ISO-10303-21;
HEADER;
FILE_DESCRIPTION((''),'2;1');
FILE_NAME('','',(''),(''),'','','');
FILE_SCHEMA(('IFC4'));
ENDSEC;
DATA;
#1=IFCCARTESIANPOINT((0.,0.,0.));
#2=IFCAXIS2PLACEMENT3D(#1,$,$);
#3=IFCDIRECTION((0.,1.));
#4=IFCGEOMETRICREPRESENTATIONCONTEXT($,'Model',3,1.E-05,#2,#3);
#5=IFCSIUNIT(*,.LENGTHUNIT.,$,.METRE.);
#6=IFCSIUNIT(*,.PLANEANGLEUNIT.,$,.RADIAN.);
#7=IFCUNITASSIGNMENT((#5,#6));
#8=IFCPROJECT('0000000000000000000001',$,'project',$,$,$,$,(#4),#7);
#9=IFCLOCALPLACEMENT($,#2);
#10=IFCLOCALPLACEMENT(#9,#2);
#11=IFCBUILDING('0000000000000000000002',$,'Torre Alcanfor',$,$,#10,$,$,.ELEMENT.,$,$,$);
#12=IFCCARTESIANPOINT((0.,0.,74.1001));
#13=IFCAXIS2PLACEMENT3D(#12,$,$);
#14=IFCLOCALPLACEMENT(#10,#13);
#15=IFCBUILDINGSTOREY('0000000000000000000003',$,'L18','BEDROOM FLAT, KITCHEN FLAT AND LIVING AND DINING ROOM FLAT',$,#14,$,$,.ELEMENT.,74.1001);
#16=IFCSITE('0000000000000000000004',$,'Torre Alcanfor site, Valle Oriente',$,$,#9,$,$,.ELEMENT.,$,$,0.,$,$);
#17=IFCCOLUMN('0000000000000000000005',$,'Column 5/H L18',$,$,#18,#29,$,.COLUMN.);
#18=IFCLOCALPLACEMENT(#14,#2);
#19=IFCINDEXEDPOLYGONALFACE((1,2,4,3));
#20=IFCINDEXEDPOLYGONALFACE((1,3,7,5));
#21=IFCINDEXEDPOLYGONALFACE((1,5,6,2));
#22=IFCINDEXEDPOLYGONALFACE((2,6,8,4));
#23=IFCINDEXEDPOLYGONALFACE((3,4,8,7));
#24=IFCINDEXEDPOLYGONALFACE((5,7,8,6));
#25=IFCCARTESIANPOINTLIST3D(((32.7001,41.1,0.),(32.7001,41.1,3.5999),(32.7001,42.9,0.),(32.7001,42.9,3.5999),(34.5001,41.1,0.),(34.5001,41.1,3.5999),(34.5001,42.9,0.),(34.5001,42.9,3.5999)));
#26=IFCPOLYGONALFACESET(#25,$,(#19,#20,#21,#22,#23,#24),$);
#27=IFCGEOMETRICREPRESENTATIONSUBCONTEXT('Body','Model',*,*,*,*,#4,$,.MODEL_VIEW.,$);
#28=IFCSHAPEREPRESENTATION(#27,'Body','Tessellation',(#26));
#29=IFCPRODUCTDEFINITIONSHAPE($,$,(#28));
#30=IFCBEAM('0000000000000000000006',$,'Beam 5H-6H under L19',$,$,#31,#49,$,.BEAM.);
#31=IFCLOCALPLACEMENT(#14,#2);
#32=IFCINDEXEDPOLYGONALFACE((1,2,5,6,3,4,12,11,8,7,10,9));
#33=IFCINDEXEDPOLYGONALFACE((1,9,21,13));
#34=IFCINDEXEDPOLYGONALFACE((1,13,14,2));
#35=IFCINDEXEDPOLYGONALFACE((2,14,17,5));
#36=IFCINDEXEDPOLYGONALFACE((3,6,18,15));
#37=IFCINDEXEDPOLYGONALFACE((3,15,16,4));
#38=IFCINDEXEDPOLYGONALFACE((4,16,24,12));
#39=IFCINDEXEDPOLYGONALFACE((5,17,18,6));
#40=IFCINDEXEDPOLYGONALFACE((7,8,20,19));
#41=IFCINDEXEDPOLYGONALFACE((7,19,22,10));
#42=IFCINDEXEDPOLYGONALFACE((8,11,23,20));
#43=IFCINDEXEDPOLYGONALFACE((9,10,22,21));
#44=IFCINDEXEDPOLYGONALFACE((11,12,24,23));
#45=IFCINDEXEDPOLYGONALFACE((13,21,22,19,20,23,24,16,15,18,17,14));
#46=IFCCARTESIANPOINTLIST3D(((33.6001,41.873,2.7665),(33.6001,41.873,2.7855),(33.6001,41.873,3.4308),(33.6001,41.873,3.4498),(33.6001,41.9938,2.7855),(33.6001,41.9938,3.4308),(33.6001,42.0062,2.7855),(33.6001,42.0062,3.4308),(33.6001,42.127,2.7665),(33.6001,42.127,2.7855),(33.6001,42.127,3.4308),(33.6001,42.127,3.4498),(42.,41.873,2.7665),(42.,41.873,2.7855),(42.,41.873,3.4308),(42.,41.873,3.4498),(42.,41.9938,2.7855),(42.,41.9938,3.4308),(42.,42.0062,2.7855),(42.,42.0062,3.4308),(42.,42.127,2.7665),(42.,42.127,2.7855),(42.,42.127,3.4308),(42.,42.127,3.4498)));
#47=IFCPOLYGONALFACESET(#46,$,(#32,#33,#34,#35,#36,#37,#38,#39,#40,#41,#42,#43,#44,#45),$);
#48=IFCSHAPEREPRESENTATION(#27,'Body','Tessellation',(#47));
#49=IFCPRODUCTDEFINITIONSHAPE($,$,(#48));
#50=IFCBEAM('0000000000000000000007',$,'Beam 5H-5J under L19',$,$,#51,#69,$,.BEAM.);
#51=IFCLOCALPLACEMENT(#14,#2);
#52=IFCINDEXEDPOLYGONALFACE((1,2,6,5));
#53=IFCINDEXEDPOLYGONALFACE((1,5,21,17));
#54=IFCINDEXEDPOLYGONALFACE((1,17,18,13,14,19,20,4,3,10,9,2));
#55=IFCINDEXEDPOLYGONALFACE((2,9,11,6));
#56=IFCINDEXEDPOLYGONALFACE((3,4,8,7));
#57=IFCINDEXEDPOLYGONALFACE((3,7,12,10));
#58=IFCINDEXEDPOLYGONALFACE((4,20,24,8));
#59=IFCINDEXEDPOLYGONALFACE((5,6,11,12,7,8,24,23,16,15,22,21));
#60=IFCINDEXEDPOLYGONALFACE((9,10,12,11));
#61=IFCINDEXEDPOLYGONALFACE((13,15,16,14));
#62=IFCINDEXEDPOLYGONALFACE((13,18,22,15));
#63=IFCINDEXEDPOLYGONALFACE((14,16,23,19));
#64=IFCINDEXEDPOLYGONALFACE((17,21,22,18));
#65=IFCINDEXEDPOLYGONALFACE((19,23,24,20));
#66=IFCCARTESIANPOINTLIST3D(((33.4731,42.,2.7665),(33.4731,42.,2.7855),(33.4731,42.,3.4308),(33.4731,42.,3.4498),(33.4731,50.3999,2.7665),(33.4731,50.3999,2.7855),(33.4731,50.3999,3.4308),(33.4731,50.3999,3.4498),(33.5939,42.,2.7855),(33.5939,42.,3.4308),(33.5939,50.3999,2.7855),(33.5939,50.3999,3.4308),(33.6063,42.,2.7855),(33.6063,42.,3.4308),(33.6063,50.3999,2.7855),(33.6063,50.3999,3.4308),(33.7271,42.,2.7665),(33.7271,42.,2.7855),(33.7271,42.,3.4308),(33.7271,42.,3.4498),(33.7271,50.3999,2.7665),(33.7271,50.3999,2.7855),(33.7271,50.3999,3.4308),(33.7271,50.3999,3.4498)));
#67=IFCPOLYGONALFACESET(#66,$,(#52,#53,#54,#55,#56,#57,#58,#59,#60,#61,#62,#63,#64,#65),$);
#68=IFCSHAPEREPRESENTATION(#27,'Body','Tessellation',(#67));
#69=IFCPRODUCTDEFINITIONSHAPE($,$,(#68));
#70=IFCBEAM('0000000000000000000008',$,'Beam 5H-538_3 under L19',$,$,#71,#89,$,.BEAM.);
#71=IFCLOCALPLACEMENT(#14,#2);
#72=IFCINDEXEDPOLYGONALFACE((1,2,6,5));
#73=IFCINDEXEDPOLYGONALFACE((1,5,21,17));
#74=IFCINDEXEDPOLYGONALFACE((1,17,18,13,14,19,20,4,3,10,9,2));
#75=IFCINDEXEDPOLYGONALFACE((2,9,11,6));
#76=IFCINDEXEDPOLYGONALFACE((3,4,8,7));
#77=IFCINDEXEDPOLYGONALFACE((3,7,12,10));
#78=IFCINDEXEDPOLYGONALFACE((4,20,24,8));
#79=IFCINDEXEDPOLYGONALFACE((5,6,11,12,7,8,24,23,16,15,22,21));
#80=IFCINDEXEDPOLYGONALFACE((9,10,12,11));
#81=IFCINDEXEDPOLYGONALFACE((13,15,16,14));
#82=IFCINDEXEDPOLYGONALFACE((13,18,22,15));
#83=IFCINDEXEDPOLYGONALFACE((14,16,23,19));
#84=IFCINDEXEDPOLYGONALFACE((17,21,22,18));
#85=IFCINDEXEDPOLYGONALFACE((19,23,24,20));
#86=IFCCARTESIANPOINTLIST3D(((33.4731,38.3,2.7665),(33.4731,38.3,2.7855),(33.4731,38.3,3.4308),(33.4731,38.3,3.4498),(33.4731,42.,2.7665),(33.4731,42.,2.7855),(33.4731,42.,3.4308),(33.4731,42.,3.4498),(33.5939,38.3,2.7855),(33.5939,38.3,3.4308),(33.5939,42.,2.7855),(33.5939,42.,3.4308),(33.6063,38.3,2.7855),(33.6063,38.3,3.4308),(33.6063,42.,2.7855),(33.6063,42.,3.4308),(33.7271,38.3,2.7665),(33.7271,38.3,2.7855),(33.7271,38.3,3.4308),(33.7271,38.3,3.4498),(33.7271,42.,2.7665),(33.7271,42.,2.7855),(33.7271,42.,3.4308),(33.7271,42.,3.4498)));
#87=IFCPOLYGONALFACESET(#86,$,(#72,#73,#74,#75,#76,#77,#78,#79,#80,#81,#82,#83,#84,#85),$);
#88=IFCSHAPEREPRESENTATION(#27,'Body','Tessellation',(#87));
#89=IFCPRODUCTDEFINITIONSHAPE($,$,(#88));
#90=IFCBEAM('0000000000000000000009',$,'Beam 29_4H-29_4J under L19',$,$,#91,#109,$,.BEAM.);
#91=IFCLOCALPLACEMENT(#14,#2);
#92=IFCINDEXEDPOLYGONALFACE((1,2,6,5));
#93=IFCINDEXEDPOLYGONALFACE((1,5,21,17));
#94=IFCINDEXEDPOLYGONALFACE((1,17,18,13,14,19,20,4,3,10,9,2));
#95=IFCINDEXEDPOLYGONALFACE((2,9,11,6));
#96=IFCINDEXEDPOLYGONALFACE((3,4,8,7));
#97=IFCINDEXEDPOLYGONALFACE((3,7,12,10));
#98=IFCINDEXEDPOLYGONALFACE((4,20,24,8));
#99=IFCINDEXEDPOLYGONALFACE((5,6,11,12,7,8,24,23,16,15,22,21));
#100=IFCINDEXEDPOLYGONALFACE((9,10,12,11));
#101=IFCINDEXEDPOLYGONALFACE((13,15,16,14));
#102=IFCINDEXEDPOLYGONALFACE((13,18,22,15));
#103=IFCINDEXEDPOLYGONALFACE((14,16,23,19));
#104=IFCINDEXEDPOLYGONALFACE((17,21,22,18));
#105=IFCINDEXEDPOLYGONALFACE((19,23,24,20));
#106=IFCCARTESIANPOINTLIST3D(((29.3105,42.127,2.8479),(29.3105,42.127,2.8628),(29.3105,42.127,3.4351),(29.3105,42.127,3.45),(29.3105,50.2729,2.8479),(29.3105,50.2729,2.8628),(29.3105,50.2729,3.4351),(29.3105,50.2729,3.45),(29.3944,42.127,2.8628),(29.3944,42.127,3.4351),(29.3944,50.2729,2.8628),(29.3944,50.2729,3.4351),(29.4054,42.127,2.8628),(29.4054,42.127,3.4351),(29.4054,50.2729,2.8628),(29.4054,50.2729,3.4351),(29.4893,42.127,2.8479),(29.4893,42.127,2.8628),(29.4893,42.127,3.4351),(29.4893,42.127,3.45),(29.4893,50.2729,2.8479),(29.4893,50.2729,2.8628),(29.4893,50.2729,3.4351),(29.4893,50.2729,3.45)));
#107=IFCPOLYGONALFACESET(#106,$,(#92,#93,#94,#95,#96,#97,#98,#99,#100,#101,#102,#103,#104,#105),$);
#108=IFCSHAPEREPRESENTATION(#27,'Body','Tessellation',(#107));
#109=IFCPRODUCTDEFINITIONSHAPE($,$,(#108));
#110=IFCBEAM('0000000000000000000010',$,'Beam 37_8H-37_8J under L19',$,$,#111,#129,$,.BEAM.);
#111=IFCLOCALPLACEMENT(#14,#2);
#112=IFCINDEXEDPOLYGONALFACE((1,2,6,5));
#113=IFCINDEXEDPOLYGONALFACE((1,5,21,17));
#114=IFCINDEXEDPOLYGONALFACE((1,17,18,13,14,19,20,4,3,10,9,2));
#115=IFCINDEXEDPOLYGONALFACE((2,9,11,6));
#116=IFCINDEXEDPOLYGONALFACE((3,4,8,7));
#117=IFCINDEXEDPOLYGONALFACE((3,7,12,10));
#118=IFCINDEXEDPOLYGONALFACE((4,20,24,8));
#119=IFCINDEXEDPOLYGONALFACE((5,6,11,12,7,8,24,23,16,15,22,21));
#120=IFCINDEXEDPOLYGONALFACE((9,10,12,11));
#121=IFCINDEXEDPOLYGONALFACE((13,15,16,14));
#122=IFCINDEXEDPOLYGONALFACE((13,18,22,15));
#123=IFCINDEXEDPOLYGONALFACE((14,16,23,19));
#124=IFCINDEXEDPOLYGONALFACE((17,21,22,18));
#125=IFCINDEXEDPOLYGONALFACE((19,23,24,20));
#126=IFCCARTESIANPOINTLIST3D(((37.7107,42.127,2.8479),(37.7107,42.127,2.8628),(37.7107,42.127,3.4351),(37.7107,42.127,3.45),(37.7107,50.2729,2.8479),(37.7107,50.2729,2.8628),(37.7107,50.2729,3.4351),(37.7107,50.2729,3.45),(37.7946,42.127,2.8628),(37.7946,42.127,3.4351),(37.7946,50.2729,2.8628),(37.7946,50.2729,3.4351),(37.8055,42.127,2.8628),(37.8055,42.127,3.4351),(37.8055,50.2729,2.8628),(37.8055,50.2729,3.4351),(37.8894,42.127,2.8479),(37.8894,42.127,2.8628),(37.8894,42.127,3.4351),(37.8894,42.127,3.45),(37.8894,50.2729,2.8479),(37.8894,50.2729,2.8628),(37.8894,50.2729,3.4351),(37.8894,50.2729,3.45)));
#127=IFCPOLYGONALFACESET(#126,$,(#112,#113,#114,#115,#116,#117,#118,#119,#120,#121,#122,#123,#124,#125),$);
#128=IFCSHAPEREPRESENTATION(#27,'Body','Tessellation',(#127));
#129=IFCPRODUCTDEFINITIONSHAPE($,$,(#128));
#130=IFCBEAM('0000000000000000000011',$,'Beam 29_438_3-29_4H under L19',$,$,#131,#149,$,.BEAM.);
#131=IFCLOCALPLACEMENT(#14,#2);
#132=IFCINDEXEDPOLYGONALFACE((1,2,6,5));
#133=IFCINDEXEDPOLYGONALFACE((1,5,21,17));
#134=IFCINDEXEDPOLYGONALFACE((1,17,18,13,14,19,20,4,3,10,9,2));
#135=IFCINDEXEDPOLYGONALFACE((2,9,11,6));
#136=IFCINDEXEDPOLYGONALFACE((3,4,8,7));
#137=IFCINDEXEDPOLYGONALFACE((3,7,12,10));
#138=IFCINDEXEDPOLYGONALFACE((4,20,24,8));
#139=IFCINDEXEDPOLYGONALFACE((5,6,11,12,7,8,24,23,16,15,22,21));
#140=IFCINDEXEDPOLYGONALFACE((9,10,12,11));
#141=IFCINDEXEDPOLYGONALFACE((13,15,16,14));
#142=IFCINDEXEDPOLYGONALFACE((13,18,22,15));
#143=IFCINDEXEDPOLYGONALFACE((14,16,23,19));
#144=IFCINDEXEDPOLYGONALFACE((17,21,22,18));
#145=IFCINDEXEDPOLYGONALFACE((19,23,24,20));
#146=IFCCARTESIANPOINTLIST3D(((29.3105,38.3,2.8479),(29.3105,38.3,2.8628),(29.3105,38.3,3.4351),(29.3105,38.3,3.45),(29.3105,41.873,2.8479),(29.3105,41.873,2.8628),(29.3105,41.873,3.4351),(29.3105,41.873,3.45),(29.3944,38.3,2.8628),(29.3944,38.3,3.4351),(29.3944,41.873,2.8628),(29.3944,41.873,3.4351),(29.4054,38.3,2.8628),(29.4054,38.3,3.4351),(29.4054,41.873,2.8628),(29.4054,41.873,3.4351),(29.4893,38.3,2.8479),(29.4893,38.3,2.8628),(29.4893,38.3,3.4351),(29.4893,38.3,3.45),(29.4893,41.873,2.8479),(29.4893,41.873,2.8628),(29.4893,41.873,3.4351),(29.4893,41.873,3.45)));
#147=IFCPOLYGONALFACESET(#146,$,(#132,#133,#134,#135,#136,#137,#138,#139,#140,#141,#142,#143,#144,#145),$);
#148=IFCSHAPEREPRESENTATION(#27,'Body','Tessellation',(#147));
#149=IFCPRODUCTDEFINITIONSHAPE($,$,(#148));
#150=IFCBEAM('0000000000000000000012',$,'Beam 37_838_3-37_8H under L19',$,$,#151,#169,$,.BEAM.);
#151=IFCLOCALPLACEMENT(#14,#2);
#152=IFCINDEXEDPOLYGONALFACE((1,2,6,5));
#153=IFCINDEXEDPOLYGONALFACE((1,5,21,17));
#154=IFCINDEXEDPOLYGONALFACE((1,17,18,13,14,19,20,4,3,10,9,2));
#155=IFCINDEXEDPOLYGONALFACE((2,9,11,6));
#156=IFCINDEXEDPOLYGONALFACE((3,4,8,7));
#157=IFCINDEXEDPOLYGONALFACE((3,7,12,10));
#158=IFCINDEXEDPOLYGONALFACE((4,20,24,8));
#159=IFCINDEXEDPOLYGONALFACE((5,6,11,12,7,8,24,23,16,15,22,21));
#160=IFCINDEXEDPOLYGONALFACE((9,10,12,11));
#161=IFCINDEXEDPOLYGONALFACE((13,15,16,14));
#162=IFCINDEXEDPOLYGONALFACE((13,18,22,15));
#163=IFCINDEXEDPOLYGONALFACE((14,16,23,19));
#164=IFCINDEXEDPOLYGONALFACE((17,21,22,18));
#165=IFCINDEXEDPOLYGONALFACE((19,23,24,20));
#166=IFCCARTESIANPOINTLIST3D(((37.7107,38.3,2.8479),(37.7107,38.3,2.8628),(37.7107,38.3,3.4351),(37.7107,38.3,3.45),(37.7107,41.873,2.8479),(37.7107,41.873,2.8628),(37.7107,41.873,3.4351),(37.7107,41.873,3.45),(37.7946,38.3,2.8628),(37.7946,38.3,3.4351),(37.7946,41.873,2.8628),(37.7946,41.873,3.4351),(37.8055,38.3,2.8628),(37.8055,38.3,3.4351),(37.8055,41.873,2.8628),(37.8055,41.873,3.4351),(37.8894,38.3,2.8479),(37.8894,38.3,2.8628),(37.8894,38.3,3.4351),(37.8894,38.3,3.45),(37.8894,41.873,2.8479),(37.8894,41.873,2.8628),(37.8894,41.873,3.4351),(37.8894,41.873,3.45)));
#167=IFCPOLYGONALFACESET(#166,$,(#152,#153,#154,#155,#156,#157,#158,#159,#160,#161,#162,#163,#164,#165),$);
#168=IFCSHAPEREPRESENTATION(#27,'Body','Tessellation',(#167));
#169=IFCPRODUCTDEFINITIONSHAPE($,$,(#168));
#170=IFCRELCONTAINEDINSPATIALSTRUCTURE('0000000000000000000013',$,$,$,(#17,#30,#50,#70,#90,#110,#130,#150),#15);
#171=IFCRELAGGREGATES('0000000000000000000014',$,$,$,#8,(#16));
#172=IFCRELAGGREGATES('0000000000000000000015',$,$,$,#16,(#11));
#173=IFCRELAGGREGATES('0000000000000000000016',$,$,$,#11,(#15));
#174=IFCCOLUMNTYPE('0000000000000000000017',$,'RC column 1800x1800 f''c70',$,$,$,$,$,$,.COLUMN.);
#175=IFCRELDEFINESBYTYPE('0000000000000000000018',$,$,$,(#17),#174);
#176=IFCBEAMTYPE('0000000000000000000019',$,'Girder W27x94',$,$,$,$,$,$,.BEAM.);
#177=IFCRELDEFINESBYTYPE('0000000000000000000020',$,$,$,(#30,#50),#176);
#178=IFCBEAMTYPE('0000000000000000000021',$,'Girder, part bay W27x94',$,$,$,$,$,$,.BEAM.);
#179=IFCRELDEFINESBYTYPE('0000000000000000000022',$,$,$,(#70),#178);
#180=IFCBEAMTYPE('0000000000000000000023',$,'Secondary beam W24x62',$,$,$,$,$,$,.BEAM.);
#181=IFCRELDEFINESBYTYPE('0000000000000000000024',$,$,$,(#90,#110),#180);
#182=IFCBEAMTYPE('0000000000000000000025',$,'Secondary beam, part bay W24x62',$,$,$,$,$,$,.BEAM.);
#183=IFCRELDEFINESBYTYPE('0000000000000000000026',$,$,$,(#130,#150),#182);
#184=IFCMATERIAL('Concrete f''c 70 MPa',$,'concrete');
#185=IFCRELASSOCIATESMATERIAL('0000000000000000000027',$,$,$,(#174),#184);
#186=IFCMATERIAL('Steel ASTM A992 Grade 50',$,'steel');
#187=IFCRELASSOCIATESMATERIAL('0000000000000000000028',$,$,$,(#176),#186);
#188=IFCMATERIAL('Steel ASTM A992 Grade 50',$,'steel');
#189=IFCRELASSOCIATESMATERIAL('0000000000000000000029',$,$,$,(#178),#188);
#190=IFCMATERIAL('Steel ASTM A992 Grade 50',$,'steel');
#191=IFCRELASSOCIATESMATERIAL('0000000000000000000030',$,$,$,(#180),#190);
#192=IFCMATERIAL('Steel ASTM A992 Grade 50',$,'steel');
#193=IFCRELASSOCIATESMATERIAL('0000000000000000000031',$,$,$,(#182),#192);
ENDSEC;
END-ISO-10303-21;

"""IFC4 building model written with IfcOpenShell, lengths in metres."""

from ifc_helpers import new_model, si_unit, direction, frame, origin, origin_2d, place, context, subcontext, project, spatial, rectangle, i_section, extrude, material, material_profile, profile_set, type_object, element, save


model = new_model("IFC4")

# Units and contexts
model_context = context("Model", 3, precision=1e-05, world=origin(), true_north=direction((0.0, 1.0)))
body_context = subcontext(model_context, "Body", "Model", "MODEL_VIEW")
ifc_project = project(units=[si_unit("LENGTHUNIT", "METRE"), si_unit("PLANEANGLEUNIT", "RADIAN")], contexts=[model_context])

# Site, building, storey
site_placement = place(None, origin())
site = spatial("IfcSite", under=ifc_project, at=site_placement, Name="Torre Alcanfor site, Valle Oriente", CompositionType="ELEMENT", RefElevation=0.0)
building_placement = place(site_placement, origin())
building = spatial("IfcBuilding", under=site, at=building_placement, Name="Torre Alcanfor", CompositionType="ELEMENT")
storey_placement = place(building_placement, frame((0.0, 0.0, 74.1001)))
storey = spatial("IfcBuildingStorey", under=building, at=storey_placement, Name="L18", Description="BEDROOM FLAT, KITCHEN FLAT AND LIVING AND DINING ROOM FLAT", CompositionType="ELEMENT", Elevation=74.1001)

# Column
ifc_material_1 = material(Name="Concrete f'c 70 MPa", Category="concrete")
ifc_material_profile_1 = material_profile(ifc_material_1, rectangle(XDim=1.8, YDim=1.8, at=origin_2d()), Name="1800x1800")
ifc_profile_set_1 = profile_set([ifc_material_profile_1], Name="Concrete f'c 70 MPa")
column_type = type_object("IfcColumnType", Name="RC column 1800x1800 f'c70", PredefinedType="COLUMN", material=ifc_profile_set_1)
column_placement = place(storey_placement, frame((33.6001, 42.0, 0.0), z_axis=(0.0, 0.0, 1.0), x_axis=(1.0, 0.0, 0.0)))
element("IfcColumn", 1, at=column_placement, inside=storey, type_object=column_type, Name="Column 5/H L18", PredefinedType="COLUMN", context=body_context, shape_type="SweptSolid", body=[
    extrude(rectangle(XDim=1.8, YDim=1.8, at=origin_2d()), origin(), (0.0, 0.0, 1.0), 3.5999),
])

# Beams
ifc_material_2 = material(Name="Steel ASTM A992 Grade 50", Category="steel")
ifc_material_profile_2 = material_profile(ifc_material_2, i_section(OverallWidth=0.2539, OverallDepth=0.6833, WebThickness=0.0125, FlangeThickness=0.019, at=origin_2d()), Name="W27x94")
ifc_profile_set_2 = profile_set([ifc_material_profile_2], Name="Steel ASTM A992 Grade 50")
beam_type_1 = type_object("IfcBeamType", Name="Girder W27x94", PredefinedType="BEAM", material=ifc_profile_set_2)
for number, where, z_axis, x_axis, name in (
    (2, (33.6001, 42.0, 3.1082), (1.0, 0.0, 0.0), (0.0, 1.0, 0.0), "Beam 5H-6H under L19"),
    (3, (33.6001, 42.0, 3.1082), (0.0, 1.0, 0.0), (-1.0, 0.0, 0.0), "Beam 5H-5J under L19"),
):
    element("IfcBeam", number, at=place(storey_placement, frame(where, z_axis=z_axis, x_axis=x_axis)), inside=storey, type_object=beam_type_1, Name=name, PredefinedType="BEAM", context=body_context, shape_type="SweptSolid", body=[
        extrude(i_section(OverallWidth=0.2539, OverallDepth=0.6833, WebThickness=0.0125, FlangeThickness=0.019, at=origin_2d()), origin(), (0.0, 0.0, 1.0), 8.3999),
    ])
ifc_material_3 = material(Name="Steel ASTM A992 Grade 50", Category="steel")
ifc_material_profile_3 = material_profile(ifc_material_3, i_section(OverallWidth=0.2539, OverallDepth=0.6833, WebThickness=0.0125, FlangeThickness=0.019, at=origin_2d()), Name="W27x94")
ifc_profile_set_3 = profile_set([ifc_material_profile_3], Name="Steel ASTM A992 Grade 50")
beam_type_2 = type_object("IfcBeamType", Name="Girder, part bay W27x94", PredefinedType="BEAM", material=ifc_profile_set_3)
beam_1_placement = place(storey_placement, frame((33.6001, 42.0, 3.1082), z_axis=(0.0, -1.0, 0.0), x_axis=(1.0, 0.0, 0.0)))
element("IfcBeam", 4, at=beam_1_placement, inside=storey, type_object=beam_type_2, Name="Beam 5H-538_3 under L19", PredefinedType="BEAM", context=body_context, shape_type="SweptSolid", body=[
    extrude(i_section(OverallWidth=0.2539, OverallDepth=0.6833, WebThickness=0.0125, FlangeThickness=0.019, at=origin_2d()), origin(), (0.0, 0.0, 1.0), 3.7),
])
ifc_material_4 = material(Name="Steel ASTM A992 Grade 50", Category="steel")
ifc_material_profile_4 = material_profile(ifc_material_4, i_section(OverallWidth=0.1787, OverallDepth=0.6021, WebThickness=0.011, FlangeThickness=0.0149, at=origin_2d()), Name="W24x62")
ifc_profile_set_4 = profile_set([ifc_material_profile_4], Name="Steel ASTM A992 Grade 50")
beam_type_3 = type_object("IfcBeamType", Name="Secondary beam W24x62", PredefinedType="BEAM", material=ifc_profile_set_4)
for number, where, z_axis, x_axis, name in (
    (5, (29.3999, 42.127, 3.1489), (0.0, 1.0, 0.0), (-1.0, 0.0, 0.0), "Beam 29_4H-29_4J under L19"),
    (6, (37.8, 42.127, 3.1489), (0.0, 1.0, 0.0), (-1.0, 0.0, 0.0), "Beam 37_8H-37_8J under L19"),
):
    element("IfcBeam", number, at=place(storey_placement, frame(where, z_axis=z_axis, x_axis=x_axis)), inside=storey, type_object=beam_type_3, Name=name, PredefinedType="BEAM", context=body_context, shape_type="SweptSolid", body=[
        extrude(i_section(OverallWidth=0.1787, OverallDepth=0.6021, WebThickness=0.011, FlangeThickness=0.0149, at=origin_2d()), origin(), (0.0, 0.0, 1.0), 8.146),
    ])
ifc_material_5 = material(Name="Steel ASTM A992 Grade 50", Category="steel")
ifc_material_profile_5 = material_profile(ifc_material_5, i_section(OverallWidth=0.1787, OverallDepth=0.6021, WebThickness=0.011, FlangeThickness=0.0149, at=origin_2d()), Name="W24x62")
ifc_profile_set_5 = profile_set([ifc_material_profile_5], Name="Steel ASTM A992 Grade 50")
beam_type_4 = type_object("IfcBeamType", Name="Secondary beam, part bay W24x62", PredefinedType="BEAM", material=ifc_profile_set_5)
for number, where, z_axis, x_axis, name in (
    (7, (29.3999, 38.3, 3.1489), (0.0, 1.0, 0.0), (-1.0, 0.0, 0.0), "Beam 29_438_3-29_4H under L19"),
    (8, (37.8, 38.3, 3.1489), (0.0, 1.0, 0.0), (-1.0, 0.0, 0.0), "Beam 37_838_3-37_8H under L19"),
):
    element("IfcBeam", number, at=place(storey_placement, frame(where, z_axis=z_axis, x_axis=x_axis)), inside=storey, type_object=beam_type_4, Name=name, PredefinedType="BEAM", context=body_context, shape_type="SweptSolid", body=[
        extrude(i_section(OverallWidth=0.1787, OverallDepth=0.6021, WebThickness=0.011, FlangeThickness=0.0149, at=origin_2d()), origin(), (0.0, 0.0, 1.0), 3.573),
    ])

save(model, "model.ifc")
